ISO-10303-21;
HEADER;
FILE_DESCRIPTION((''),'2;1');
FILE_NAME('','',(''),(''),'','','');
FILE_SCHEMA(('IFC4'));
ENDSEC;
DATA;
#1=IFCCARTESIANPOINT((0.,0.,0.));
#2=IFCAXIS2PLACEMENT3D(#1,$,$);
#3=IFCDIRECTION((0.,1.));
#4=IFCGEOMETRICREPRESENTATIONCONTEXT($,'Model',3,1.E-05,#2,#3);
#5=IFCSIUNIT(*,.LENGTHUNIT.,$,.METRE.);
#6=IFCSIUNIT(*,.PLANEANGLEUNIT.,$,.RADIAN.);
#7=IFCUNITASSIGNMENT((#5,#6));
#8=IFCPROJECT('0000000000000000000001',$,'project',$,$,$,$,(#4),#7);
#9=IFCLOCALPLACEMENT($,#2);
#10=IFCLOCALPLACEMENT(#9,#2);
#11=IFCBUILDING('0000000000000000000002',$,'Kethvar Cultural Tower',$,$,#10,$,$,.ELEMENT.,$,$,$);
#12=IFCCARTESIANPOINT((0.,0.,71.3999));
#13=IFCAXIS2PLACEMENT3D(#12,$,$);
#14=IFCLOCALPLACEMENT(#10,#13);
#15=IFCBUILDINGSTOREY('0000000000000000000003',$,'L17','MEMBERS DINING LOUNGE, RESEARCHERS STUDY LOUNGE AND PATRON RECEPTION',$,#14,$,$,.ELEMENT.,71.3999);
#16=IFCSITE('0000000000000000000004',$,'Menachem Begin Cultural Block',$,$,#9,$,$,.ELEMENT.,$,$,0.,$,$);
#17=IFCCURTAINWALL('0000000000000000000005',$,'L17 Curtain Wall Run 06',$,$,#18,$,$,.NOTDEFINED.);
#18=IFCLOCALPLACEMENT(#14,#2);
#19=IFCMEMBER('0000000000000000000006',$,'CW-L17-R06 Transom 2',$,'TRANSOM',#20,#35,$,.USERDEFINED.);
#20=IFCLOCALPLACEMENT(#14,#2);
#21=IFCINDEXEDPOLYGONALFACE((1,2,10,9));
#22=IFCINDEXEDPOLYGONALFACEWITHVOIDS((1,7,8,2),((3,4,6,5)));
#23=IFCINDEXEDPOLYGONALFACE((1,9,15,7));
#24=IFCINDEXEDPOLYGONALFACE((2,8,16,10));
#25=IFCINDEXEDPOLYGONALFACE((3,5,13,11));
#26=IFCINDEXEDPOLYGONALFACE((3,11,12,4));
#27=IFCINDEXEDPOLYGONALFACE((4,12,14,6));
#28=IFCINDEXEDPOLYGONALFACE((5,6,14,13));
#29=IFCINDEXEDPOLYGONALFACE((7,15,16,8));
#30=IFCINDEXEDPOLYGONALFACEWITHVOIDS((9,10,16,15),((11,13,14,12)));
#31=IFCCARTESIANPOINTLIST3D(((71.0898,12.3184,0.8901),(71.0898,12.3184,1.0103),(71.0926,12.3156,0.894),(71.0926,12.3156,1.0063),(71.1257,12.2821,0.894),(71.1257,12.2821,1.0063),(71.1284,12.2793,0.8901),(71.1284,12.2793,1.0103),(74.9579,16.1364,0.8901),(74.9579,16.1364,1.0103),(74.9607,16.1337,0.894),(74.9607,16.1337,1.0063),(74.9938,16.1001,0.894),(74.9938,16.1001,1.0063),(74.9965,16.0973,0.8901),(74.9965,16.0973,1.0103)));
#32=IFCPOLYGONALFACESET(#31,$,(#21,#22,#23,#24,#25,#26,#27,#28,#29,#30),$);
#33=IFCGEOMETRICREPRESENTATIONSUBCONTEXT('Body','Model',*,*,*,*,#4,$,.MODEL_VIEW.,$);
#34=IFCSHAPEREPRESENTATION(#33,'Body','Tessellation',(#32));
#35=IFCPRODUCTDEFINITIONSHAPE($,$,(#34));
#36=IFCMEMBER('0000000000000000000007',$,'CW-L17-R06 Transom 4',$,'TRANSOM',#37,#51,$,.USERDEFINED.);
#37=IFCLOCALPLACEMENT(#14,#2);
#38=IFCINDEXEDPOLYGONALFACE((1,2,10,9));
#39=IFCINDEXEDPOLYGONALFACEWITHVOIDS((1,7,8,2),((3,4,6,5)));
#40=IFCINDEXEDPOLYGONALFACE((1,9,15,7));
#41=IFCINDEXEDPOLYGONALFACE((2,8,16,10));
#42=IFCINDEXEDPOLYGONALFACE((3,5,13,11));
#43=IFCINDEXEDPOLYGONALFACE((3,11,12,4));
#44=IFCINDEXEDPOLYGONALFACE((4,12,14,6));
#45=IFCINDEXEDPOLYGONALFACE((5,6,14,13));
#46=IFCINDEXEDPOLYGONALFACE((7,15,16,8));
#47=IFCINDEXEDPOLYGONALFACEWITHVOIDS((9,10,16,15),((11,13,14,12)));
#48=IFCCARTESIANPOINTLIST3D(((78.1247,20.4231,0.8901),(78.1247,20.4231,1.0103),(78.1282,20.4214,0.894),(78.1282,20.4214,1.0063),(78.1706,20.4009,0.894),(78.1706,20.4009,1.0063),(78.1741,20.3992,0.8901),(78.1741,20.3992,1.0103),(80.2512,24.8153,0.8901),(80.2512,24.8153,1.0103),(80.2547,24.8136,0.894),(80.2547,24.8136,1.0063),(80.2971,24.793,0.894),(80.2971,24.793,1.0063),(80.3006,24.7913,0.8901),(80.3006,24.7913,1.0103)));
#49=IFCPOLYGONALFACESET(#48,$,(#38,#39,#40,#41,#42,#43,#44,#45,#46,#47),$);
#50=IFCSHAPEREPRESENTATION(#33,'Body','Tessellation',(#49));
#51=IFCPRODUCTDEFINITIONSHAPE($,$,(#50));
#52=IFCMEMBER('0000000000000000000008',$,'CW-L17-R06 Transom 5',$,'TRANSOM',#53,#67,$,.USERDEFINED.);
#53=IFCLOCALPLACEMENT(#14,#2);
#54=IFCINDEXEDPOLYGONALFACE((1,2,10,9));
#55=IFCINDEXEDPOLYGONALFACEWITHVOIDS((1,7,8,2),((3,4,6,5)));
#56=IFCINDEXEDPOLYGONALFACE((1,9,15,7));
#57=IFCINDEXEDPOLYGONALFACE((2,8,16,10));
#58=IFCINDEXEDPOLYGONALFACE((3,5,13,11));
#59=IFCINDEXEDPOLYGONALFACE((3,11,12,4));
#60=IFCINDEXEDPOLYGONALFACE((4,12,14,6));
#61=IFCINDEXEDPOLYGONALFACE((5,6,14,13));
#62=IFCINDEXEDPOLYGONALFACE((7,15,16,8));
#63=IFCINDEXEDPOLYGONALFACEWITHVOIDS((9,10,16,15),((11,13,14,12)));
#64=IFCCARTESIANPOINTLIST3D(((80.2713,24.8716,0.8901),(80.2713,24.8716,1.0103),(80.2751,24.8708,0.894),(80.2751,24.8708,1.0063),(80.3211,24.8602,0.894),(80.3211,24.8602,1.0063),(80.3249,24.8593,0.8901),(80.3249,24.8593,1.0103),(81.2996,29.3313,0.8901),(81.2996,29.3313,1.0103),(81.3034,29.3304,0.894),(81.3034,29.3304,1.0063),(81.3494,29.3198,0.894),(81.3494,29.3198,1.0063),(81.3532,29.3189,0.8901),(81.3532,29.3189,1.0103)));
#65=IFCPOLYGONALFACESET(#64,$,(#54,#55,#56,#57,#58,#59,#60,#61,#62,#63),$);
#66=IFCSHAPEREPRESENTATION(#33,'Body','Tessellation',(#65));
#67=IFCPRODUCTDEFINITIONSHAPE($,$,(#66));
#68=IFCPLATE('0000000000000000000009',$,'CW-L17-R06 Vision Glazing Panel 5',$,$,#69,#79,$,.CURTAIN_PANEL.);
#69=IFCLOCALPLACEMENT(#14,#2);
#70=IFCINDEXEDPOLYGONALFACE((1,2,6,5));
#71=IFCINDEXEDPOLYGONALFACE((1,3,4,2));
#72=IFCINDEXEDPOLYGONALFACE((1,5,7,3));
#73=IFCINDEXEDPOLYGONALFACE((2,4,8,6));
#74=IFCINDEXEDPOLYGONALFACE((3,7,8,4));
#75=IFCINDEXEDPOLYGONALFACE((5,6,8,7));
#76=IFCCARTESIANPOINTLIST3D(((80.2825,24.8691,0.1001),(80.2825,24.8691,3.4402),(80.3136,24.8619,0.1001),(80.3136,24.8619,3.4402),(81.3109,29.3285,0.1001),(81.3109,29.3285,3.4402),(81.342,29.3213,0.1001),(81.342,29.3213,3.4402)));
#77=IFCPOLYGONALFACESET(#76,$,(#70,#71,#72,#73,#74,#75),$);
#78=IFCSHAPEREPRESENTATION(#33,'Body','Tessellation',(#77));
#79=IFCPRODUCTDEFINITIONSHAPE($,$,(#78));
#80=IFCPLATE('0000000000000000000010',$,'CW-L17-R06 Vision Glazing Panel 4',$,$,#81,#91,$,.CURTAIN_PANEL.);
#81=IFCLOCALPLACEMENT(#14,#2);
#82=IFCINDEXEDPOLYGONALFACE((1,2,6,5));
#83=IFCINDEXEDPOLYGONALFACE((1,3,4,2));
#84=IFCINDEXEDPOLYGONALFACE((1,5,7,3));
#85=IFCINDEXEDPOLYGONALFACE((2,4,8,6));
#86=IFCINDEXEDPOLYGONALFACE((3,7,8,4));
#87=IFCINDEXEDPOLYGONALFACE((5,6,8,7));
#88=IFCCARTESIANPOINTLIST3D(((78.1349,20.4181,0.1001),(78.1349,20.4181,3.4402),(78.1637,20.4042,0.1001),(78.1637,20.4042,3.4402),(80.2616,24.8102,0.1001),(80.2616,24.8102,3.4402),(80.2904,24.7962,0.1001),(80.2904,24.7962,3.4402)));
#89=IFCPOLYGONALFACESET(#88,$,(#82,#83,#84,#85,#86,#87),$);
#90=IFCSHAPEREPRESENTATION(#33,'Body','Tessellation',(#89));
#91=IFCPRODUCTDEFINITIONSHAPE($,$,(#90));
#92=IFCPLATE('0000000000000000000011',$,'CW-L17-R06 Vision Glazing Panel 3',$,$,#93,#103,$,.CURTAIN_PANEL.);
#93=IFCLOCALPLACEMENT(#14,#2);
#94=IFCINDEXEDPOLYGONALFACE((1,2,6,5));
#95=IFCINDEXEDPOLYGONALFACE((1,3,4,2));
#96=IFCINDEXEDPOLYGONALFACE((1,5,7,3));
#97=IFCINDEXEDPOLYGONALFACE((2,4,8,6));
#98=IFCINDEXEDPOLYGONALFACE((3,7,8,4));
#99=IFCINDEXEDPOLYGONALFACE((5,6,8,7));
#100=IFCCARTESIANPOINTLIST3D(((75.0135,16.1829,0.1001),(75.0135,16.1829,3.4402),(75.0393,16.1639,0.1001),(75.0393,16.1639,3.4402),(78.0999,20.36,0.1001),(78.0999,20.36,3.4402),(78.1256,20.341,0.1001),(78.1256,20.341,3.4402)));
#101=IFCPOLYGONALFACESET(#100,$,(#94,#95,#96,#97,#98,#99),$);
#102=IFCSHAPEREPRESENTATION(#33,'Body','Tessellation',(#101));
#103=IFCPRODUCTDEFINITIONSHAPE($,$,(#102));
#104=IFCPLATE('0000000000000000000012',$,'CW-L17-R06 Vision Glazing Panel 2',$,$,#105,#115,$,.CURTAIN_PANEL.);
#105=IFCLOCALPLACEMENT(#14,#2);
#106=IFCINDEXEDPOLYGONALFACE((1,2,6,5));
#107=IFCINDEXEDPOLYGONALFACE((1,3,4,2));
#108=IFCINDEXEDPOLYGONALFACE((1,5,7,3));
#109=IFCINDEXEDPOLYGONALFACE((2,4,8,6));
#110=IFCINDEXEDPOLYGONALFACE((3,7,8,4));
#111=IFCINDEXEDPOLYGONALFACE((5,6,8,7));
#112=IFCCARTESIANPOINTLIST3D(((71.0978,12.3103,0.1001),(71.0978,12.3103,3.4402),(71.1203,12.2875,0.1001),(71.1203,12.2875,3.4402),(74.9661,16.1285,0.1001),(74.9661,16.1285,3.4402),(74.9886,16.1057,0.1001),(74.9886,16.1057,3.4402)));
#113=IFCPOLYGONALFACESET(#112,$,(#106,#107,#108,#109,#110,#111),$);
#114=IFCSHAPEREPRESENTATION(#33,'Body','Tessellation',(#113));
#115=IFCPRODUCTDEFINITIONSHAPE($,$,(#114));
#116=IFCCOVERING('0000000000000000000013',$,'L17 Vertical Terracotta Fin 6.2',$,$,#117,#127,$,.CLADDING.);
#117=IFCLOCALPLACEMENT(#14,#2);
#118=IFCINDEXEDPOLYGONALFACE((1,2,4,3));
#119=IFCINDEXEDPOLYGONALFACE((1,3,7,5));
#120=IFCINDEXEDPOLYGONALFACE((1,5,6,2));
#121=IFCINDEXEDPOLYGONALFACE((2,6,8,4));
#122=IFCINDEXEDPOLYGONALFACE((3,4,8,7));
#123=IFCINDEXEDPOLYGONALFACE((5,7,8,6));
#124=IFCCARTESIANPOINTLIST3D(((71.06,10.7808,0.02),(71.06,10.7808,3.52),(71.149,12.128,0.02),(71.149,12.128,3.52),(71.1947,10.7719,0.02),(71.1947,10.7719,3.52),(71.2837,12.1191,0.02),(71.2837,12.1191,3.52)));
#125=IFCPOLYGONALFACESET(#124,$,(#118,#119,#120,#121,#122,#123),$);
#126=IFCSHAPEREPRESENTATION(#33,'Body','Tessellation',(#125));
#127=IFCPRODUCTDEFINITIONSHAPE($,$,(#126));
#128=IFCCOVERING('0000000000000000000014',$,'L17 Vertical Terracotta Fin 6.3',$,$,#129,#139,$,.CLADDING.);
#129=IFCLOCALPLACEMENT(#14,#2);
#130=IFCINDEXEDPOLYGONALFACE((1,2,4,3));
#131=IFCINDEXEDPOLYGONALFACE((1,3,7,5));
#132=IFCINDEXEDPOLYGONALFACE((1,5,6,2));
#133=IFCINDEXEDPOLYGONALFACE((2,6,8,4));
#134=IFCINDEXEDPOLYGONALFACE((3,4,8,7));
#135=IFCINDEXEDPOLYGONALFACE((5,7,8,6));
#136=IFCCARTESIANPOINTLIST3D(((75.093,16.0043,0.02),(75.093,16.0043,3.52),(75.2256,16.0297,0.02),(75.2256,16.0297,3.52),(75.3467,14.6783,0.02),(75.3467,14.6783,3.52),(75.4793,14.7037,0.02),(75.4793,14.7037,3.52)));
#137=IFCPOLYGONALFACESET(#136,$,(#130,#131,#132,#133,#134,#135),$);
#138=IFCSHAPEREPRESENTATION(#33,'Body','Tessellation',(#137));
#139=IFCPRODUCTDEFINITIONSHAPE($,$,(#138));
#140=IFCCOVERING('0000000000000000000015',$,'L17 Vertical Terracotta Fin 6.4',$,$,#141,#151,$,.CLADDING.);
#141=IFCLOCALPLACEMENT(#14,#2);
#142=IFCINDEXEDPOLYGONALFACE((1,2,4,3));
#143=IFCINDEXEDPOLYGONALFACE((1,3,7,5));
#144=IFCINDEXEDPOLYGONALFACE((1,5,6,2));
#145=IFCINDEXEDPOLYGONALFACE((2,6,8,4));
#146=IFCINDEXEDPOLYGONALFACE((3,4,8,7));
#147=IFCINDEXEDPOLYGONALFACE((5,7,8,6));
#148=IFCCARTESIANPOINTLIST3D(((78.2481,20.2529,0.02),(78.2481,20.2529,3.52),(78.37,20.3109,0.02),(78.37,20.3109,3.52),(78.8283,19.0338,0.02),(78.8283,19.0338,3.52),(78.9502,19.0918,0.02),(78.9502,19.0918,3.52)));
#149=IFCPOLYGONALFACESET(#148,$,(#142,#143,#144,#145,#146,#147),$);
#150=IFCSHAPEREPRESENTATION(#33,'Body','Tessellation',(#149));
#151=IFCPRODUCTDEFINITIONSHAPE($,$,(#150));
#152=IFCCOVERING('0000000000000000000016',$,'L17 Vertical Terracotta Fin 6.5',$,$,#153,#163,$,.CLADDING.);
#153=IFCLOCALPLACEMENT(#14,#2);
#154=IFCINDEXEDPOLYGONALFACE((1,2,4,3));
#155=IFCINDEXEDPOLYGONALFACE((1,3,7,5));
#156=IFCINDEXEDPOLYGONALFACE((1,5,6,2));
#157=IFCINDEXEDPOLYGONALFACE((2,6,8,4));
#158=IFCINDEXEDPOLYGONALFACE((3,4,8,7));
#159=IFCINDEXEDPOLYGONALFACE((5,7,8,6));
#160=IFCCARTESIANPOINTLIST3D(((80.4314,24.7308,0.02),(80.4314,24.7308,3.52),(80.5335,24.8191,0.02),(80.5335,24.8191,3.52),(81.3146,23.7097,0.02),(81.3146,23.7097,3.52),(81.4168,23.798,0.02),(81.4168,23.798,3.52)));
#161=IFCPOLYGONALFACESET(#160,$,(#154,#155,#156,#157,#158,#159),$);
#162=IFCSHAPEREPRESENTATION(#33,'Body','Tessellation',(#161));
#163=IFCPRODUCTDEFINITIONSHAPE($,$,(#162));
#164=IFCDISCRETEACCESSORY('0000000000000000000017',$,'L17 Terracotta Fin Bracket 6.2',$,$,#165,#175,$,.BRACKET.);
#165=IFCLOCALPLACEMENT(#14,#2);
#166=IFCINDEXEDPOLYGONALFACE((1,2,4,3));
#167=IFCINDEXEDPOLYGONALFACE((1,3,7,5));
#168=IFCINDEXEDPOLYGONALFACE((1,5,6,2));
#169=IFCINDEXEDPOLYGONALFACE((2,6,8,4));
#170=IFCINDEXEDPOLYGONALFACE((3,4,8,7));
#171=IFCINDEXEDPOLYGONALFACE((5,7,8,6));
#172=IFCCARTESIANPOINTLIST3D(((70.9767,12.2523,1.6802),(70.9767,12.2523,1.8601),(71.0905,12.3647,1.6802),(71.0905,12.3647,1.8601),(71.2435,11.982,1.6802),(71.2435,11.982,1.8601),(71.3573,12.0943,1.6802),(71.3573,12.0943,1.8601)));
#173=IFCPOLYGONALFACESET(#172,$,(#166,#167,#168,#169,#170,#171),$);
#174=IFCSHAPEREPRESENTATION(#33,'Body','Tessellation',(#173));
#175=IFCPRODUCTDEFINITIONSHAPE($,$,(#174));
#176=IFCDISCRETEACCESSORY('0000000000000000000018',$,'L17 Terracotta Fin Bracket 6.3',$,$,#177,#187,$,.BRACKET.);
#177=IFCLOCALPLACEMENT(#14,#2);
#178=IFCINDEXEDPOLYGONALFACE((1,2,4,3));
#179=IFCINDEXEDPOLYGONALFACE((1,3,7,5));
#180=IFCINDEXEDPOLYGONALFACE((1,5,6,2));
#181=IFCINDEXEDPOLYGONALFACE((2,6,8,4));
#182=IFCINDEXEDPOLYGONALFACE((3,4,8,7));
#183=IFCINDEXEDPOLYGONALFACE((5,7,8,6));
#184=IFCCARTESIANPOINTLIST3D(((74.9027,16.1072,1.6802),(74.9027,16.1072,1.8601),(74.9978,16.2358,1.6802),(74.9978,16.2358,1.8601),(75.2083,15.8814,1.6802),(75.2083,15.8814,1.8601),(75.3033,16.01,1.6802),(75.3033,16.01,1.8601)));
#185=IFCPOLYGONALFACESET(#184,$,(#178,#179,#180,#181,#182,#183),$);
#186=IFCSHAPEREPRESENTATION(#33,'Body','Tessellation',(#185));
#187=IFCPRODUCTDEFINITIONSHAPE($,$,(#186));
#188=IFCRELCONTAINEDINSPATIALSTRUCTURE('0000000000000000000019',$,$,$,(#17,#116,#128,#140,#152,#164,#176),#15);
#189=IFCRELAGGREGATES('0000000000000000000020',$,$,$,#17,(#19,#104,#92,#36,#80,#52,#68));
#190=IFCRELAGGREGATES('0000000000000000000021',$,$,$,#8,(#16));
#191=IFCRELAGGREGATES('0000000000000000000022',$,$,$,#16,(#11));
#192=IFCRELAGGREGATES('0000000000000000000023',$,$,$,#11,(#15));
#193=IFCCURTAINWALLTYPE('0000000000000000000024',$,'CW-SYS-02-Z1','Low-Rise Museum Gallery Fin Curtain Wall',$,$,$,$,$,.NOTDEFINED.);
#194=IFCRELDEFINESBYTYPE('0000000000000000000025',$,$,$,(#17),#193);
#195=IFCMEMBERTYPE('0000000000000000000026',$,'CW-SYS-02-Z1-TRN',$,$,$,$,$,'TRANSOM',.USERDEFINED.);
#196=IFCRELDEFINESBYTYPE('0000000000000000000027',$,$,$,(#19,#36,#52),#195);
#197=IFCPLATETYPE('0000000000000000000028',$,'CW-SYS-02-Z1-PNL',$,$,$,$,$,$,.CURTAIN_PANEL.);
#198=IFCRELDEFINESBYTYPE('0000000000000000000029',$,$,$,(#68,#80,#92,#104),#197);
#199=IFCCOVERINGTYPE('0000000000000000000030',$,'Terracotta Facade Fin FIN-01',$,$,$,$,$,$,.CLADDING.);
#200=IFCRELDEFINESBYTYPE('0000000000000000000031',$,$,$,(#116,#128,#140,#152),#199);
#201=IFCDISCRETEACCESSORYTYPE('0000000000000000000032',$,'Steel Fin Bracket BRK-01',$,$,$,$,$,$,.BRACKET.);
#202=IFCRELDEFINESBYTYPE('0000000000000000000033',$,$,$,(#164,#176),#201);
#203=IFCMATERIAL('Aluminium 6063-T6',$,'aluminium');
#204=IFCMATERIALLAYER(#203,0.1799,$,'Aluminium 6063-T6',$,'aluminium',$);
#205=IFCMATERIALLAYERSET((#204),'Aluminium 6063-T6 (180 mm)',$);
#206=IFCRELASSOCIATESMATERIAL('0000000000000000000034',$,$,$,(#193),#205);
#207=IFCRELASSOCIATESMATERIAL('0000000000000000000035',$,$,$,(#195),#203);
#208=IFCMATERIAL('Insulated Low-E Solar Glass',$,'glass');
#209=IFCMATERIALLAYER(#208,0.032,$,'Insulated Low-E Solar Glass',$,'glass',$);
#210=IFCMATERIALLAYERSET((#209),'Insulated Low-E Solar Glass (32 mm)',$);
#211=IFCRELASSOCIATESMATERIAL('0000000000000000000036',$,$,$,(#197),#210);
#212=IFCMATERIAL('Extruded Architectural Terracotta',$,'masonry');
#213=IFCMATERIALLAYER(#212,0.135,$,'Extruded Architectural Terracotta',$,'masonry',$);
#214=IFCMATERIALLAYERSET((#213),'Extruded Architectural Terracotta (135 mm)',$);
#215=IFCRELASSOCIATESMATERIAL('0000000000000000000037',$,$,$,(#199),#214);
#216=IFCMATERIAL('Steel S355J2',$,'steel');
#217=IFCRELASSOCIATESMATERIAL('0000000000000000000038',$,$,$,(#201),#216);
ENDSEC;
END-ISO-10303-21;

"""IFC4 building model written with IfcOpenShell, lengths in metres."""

from ifc_helpers import new_model, si_unit, direction, frame, origin, origin_2d, place, context, subcontext, project, spatial, rectangle, hollow_rectangle, extrude, source, transform, mapped, material, layer, layer_set, material_profile, profile_set, type_object, element, aggregate, save


model = new_model("IFC4")

# Units and contexts
model_context = context("Model", 3, precision=1e-05, world=origin(), true_north=direction((0.0, 1.0)))
body_context = subcontext(model_context, "Body", "Model", "MODEL_VIEW")
ifc_project = project(units=[si_unit("LENGTHUNIT", "METRE"), si_unit("PLANEANGLEUNIT", "RADIAN")], contexts=[model_context])

# Site, building, storey
site_placement = place(None, origin())
site = spatial("IfcSite", under=ifc_project, at=site_placement, Name="Menachem Begin Cultural Block", CompositionType="ELEMENT", RefElevation=0.0)
building_placement = place(site_placement, origin())
building = spatial("IfcBuilding", under=site, at=building_placement, Name="Kethvar Cultural Tower", CompositionType="ELEMENT")
storey_placement = place(building_placement, frame((0.0, 0.0, 71.3999)))
storey = spatial("IfcBuildingStorey", under=building, at=storey_placement, Name="L17", Description="MEMBERS DINING LOUNGE, RESEARCHERS STUDY LOUNGE AND PATRON RECEPTION", CompositionType="ELEMENT", Elevation=71.3999)

# Shared definitions
ifc_material_1 = material(Name="Steel S355J2", Category="steel")

# Curtain wall, members, plates
ifc_material_2 = material(Name="Aluminium 6063-T6", Category="aluminium")
ifc_layer_1 = layer(ifc_material_2, 0.1799, Name="Aluminium 6063-T6", Category="aluminium")
ifc_layer_set_1 = layer_set([ifc_layer_1], Name="Aluminium 6063-T6 (180 mm)")
curtain_wall_type = type_object("IfcCurtainWallType", Name="CW-SYS-02-Z1", Description="Low-Rise Museum Gallery Fin Curtain Wall", PredefinedType="NOTDEFINED", material=ifc_layer_set_1)
curtain_wall_placement = place(storey_placement, origin())
curtain_wall = element("IfcCurtainWall", 1, at=curtain_wall_placement, inside=storey, type_object=curtain_wall_type, Name="L17 Curtain Wall Run 06", PredefinedType="NOTDEFINED")
ifc_material_profile_1 = material_profile(ifc_material_2, hollow_rectangle(XDim=0.0549, YDim=0.1201, WallThickness=0.0039, at=origin_2d()), Name="Aluminium 6063-T6 — RHS120x55x4")
ifc_profile_set_1 = profile_set([ifc_material_profile_1], Name="Aluminium 6063-T6 — RHS120x55x4")
member_type_1 = type_object("IfcMemberType", Name="CW-SYS-02-Z1-TRN", ElementType="TRANSOM", PredefinedType="USERDEFINED", material=ifc_profile_set_1)
shared_shape_1 = source(origin(), body_context, "Body", "SweptSolid", [
    extrude(hollow_rectangle(XDim=0.0549, YDim=0.1201, WallThickness=0.0039, at=origin_2d()), origin(), (0.0, 0.0, 1.0), 5.4351),
])
member_1_placement = place(storey_placement, frame((71.1091, 12.2988, 0.9502), z_axis=(0.711696, 0.702488, 0.0), x_axis=(-0.702488, 0.711696, 0.0)))
member_1 = element("IfcMember", 2, at=member_1_placement, type_object=member_type_1, Name="CW-L17-R06 Transom 2", ObjectType="TRANSOM", PredefinedType="USERDEFINED", context=body_context, shape_type="MappedRepresentation", body=[
    mapped(shared_shape_1, transform((0.0, 0.0, 0.0), scale=1.0)),
])
shared_shape_2 = source(origin(), body_context, "Body", "SweptSolid", [
    extrude(hollow_rectangle(XDim=0.0549, YDim=0.1201, WallThickness=0.0039, at=origin_2d()), origin(), (0.0, 0.0, 1.0), 4.8799),
])
member_2_placement = place(storey_placement, frame((78.1494, 20.4111, 0.9502), z_axis=(0.43577, 0.900058, 0.0), x_axis=(-0.900058, 0.43577, 0.0)))
member_2 = element("IfcMember", 3, at=member_2_placement, type_object=member_type_1, Name="CW-L17-R06 Transom 4", ObjectType="TRANSOM", PredefinedType="USERDEFINED", context=body_context, shape_type="MappedRepresentation", body=[
    mapped(shared_shape_2, transform((0.0, 0.0, 0.0), scale=1.0)),
])
shared_shape_3 = source(origin(), body_context, "Body", "SweptSolid", [
    extrude(hollow_rectangle(XDim=0.0549, YDim=0.1201, WallThickness=0.0039, at=origin_2d()), origin(), (0.0, 0.0, 1.0), 4.5767),
])
member_3_placement = place(storey_placement, frame((80.2981, 24.8655, 0.9502), z_axis=(0.224684, 0.974432, 0.0), x_axis=(-0.974432, 0.224684, 0.0)))
member_3 = element("IfcMember", 4, at=member_3_placement, type_object=member_type_1, Name="CW-L17-R06 Transom 5", ObjectType="TRANSOM", PredefinedType="USERDEFINED", context=body_context, shape_type="MappedRepresentation", body=[
    mapped(shared_shape_3, transform((0.0, 0.0, 0.0), scale=1.0)),
])
ifc_material_3 = material(Name="Insulated Low-E Solar Glass", Category="glass")
ifc_layer_2 = layer(ifc_material_3, 0.032, Name="Insulated Low-E Solar Glass", Category="glass")
ifc_layer_set_2 = layer_set([ifc_layer_2], Name="Insulated Low-E Solar Glass (32 mm)")
plate_type = type_object("IfcPlateType", Name="CW-SYS-02-Z1-PNL", PredefinedType="CURTAIN_PANEL", material=ifc_layer_set_2)
shared_shape_4 = source(origin(), body_context, "Body", "SweptSolid", [
    extrude(rectangle(XDim=4.5764, YDim=0.032, at=origin_2d()), origin(), (0.0, 0.0, 1.0), 3.3401),
])
plate_1_placement = place(storey_placement, frame((80.8123, 27.0952, 0.1001), z_axis=(0.0, 0.0, 1.0), x_axis=(0.224713, 0.974425, 0.0)))
plate_1 = element("IfcPlate", 5, at=plate_1_placement, type_object=plate_type, Name="CW-L17-R06 Vision Glazing Panel 5", PredefinedType="CURTAIN_PANEL", context=body_context, shape_type="MappedRepresentation", body=[
    mapped(shared_shape_4, transform((0.0, 0.0, 0.0), scale=1.0)),
])
shared_shape_5 = source(origin(), body_context, "Body", "SweptSolid", [
    extrude(rectangle(XDim=4.8799, YDim=0.032, at=origin_2d()), origin(), (0.0, 0.0, 1.0), 3.3401),
])
plate_2_placement = place(storey_placement, frame((79.2126, 22.6072, 0.1001), z_axis=(0.0, 0.0, 1.0), x_axis=(0.435812, 0.900038, 0.0)))
plate_2 = element("IfcPlate", 6, at=plate_2_placement, type_object=plate_type, Name="CW-L17-R06 Vision Glazing Panel 4", PredefinedType="CURTAIN_PANEL", context=body_context, shape_type="MappedRepresentation", body=[
    mapped(shared_shape_5, transform((0.0, 0.0, 0.0), scale=1.0)),
])
shared_shape_6 = source(origin(), body_context, "Body", "SweptSolid", [
    extrude(rectangle(XDim=5.1936, YDim=0.032, at=origin_2d()), origin(), (0.0, 0.0, 1.0), 3.3401),
])
plate_3_placement = place(storey_placement, frame((76.5696, 18.262, 0.1001), z_axis=(0.0, 0.0, 1.0), x_axis=(0.594261, 0.804272, 0.0)))
plate_3 = element("IfcPlate", 7, at=plate_3_placement, type_object=plate_type, Name="CW-L17-R06 Vision Glazing Panel 3", PredefinedType="CURTAIN_PANEL", context=body_context, shape_type="MappedRepresentation", body=[
    mapped(shared_shape_6, transform((0.0, 0.0, 0.0), scale=1.0)),
])
shared_shape_7 = source(origin(), body_context, "Body", "SweptSolid", [
    extrude(rectangle(XDim=5.4353, YDim=0.032, at=origin_2d()), origin(), (0.0, 0.0, 1.0), 3.3401),
])
plate_4_placement = place(storey_placement, frame((73.0432, 14.208, 0.1001), z_axis=(0.0, 0.0, 1.0), x_axis=(0.711695, 0.702489, 0.0)))
plate_4 = element("IfcPlate", 8, at=plate_4_placement, type_object=plate_type, Name="CW-L17-R06 Vision Glazing Panel 2", PredefinedType="CURTAIN_PANEL", context=body_context, shape_type="MappedRepresentation", body=[
    mapped(shared_shape_7, transform((0.0, 0.0, 0.0), scale=1.0)),
])
aggregate(curtain_wall, [member_1, plate_4, plate_3, member_2, plate_2, member_3, plate_1])

# Coverings
ifc_material_4 = material(Name="Extruded Architectural Terracotta", Category="masonry")
ifc_layer_3 = layer(ifc_material_4, 0.135, Name="Extruded Architectural Terracotta", Category="masonry")
ifc_layer_set_3 = layer_set([ifc_layer_3], Name="Extruded Architectural Terracotta (135 mm)")
covering_type = type_object("IfcCoveringType", Name="Terracotta Facade Fin FIN-01", PredefinedType="CLADDING", material=ifc_layer_set_3)
shared_shape_8 = source(origin(), body_context, "Body", "SweptSolid", [
    extrude(rectangle(XDim=1.3501, YDim=0.135, at=origin_2d()), origin(), (0.0, 0.0, 1.0), 3.5),
])
for number, where, z_axis, x_axis, name in (
    (9, (71.1719, 11.45, 0.02), (0.0, 0.0, 1.0), (-0.065926, -0.997825, 0.0), "L17 Vertical Terracotta Fin 6.2"),
    (10, (75.2861, 15.354, 0.02), (0.0, 0.0, 1.0), (0.187896, -0.982189, 0.0), "L17 Vertical Terracotta Fin 6.3"),
    (11, (78.5991, 19.6724, 0.02), (0.0, 0.0, 1.0), (0.429723, -0.902961, 0.0), "L17 Vertical Terracotta Fin 6.4"),
    (12, (80.9241, 24.2644, 0.02), (0.0, 0.0, 1.0), (0.654213, -0.75631, 0.0), "L17 Vertical Terracotta Fin 6.5"),
):
    element("IfcCovering", number, at=place(storey_placement, frame(where, z_axis=z_axis, x_axis=x_axis)), inside=storey, type_object=covering_type, Name=name, PredefinedType="CLADDING", context=body_context, shape_type="MappedRepresentation", body=[
        mapped(shared_shape_8, transform((0.0, 0.0, 0.0), scale=1.0)),
    ])

# Discrete accessories
discrete_accessory_type = type_object("IfcDiscreteAccessoryType", Name="Steel Fin Bracket BRK-01", PredefinedType="BRACKET", material=ifc_material_1)
shared_shape_9 = source(origin(), body_context, "Body", "SweptSolid", [
    extrude(rectangle(XDim=0.3799, YDim=0.1599, at=origin_2d()), origin(), (0.0, 0.0, 1.0), 0.1799),
])
for number, where, z_axis, x_axis, name in (
    (13, (71.167, 12.1733, 1.6802), (0.0, 0.0, 1.0), (0.702526, -0.711658, 0.0), "L17 Terracotta Fin Bracket 6.2"),
    (14, (75.103, 16.0586, 1.6802), (0.0, 0.0, 1.0), (0.804272, -0.594261, 0.0), "L17 Terracotta Fin Bracket 6.3"),
):
    element("IfcDiscreteAccessory", number, at=place(storey_placement, frame(where, z_axis=z_axis, x_axis=x_axis)), inside=storey, type_object=discrete_accessory_type, Name=name, PredefinedType="BRACKET", context=body_context, shape_type="MappedRepresentation", body=[
        mapped(shared_shape_9, transform((0.0, 0.0, 0.0), scale=1.0)),
    ])

save(model, "model.ifc")
